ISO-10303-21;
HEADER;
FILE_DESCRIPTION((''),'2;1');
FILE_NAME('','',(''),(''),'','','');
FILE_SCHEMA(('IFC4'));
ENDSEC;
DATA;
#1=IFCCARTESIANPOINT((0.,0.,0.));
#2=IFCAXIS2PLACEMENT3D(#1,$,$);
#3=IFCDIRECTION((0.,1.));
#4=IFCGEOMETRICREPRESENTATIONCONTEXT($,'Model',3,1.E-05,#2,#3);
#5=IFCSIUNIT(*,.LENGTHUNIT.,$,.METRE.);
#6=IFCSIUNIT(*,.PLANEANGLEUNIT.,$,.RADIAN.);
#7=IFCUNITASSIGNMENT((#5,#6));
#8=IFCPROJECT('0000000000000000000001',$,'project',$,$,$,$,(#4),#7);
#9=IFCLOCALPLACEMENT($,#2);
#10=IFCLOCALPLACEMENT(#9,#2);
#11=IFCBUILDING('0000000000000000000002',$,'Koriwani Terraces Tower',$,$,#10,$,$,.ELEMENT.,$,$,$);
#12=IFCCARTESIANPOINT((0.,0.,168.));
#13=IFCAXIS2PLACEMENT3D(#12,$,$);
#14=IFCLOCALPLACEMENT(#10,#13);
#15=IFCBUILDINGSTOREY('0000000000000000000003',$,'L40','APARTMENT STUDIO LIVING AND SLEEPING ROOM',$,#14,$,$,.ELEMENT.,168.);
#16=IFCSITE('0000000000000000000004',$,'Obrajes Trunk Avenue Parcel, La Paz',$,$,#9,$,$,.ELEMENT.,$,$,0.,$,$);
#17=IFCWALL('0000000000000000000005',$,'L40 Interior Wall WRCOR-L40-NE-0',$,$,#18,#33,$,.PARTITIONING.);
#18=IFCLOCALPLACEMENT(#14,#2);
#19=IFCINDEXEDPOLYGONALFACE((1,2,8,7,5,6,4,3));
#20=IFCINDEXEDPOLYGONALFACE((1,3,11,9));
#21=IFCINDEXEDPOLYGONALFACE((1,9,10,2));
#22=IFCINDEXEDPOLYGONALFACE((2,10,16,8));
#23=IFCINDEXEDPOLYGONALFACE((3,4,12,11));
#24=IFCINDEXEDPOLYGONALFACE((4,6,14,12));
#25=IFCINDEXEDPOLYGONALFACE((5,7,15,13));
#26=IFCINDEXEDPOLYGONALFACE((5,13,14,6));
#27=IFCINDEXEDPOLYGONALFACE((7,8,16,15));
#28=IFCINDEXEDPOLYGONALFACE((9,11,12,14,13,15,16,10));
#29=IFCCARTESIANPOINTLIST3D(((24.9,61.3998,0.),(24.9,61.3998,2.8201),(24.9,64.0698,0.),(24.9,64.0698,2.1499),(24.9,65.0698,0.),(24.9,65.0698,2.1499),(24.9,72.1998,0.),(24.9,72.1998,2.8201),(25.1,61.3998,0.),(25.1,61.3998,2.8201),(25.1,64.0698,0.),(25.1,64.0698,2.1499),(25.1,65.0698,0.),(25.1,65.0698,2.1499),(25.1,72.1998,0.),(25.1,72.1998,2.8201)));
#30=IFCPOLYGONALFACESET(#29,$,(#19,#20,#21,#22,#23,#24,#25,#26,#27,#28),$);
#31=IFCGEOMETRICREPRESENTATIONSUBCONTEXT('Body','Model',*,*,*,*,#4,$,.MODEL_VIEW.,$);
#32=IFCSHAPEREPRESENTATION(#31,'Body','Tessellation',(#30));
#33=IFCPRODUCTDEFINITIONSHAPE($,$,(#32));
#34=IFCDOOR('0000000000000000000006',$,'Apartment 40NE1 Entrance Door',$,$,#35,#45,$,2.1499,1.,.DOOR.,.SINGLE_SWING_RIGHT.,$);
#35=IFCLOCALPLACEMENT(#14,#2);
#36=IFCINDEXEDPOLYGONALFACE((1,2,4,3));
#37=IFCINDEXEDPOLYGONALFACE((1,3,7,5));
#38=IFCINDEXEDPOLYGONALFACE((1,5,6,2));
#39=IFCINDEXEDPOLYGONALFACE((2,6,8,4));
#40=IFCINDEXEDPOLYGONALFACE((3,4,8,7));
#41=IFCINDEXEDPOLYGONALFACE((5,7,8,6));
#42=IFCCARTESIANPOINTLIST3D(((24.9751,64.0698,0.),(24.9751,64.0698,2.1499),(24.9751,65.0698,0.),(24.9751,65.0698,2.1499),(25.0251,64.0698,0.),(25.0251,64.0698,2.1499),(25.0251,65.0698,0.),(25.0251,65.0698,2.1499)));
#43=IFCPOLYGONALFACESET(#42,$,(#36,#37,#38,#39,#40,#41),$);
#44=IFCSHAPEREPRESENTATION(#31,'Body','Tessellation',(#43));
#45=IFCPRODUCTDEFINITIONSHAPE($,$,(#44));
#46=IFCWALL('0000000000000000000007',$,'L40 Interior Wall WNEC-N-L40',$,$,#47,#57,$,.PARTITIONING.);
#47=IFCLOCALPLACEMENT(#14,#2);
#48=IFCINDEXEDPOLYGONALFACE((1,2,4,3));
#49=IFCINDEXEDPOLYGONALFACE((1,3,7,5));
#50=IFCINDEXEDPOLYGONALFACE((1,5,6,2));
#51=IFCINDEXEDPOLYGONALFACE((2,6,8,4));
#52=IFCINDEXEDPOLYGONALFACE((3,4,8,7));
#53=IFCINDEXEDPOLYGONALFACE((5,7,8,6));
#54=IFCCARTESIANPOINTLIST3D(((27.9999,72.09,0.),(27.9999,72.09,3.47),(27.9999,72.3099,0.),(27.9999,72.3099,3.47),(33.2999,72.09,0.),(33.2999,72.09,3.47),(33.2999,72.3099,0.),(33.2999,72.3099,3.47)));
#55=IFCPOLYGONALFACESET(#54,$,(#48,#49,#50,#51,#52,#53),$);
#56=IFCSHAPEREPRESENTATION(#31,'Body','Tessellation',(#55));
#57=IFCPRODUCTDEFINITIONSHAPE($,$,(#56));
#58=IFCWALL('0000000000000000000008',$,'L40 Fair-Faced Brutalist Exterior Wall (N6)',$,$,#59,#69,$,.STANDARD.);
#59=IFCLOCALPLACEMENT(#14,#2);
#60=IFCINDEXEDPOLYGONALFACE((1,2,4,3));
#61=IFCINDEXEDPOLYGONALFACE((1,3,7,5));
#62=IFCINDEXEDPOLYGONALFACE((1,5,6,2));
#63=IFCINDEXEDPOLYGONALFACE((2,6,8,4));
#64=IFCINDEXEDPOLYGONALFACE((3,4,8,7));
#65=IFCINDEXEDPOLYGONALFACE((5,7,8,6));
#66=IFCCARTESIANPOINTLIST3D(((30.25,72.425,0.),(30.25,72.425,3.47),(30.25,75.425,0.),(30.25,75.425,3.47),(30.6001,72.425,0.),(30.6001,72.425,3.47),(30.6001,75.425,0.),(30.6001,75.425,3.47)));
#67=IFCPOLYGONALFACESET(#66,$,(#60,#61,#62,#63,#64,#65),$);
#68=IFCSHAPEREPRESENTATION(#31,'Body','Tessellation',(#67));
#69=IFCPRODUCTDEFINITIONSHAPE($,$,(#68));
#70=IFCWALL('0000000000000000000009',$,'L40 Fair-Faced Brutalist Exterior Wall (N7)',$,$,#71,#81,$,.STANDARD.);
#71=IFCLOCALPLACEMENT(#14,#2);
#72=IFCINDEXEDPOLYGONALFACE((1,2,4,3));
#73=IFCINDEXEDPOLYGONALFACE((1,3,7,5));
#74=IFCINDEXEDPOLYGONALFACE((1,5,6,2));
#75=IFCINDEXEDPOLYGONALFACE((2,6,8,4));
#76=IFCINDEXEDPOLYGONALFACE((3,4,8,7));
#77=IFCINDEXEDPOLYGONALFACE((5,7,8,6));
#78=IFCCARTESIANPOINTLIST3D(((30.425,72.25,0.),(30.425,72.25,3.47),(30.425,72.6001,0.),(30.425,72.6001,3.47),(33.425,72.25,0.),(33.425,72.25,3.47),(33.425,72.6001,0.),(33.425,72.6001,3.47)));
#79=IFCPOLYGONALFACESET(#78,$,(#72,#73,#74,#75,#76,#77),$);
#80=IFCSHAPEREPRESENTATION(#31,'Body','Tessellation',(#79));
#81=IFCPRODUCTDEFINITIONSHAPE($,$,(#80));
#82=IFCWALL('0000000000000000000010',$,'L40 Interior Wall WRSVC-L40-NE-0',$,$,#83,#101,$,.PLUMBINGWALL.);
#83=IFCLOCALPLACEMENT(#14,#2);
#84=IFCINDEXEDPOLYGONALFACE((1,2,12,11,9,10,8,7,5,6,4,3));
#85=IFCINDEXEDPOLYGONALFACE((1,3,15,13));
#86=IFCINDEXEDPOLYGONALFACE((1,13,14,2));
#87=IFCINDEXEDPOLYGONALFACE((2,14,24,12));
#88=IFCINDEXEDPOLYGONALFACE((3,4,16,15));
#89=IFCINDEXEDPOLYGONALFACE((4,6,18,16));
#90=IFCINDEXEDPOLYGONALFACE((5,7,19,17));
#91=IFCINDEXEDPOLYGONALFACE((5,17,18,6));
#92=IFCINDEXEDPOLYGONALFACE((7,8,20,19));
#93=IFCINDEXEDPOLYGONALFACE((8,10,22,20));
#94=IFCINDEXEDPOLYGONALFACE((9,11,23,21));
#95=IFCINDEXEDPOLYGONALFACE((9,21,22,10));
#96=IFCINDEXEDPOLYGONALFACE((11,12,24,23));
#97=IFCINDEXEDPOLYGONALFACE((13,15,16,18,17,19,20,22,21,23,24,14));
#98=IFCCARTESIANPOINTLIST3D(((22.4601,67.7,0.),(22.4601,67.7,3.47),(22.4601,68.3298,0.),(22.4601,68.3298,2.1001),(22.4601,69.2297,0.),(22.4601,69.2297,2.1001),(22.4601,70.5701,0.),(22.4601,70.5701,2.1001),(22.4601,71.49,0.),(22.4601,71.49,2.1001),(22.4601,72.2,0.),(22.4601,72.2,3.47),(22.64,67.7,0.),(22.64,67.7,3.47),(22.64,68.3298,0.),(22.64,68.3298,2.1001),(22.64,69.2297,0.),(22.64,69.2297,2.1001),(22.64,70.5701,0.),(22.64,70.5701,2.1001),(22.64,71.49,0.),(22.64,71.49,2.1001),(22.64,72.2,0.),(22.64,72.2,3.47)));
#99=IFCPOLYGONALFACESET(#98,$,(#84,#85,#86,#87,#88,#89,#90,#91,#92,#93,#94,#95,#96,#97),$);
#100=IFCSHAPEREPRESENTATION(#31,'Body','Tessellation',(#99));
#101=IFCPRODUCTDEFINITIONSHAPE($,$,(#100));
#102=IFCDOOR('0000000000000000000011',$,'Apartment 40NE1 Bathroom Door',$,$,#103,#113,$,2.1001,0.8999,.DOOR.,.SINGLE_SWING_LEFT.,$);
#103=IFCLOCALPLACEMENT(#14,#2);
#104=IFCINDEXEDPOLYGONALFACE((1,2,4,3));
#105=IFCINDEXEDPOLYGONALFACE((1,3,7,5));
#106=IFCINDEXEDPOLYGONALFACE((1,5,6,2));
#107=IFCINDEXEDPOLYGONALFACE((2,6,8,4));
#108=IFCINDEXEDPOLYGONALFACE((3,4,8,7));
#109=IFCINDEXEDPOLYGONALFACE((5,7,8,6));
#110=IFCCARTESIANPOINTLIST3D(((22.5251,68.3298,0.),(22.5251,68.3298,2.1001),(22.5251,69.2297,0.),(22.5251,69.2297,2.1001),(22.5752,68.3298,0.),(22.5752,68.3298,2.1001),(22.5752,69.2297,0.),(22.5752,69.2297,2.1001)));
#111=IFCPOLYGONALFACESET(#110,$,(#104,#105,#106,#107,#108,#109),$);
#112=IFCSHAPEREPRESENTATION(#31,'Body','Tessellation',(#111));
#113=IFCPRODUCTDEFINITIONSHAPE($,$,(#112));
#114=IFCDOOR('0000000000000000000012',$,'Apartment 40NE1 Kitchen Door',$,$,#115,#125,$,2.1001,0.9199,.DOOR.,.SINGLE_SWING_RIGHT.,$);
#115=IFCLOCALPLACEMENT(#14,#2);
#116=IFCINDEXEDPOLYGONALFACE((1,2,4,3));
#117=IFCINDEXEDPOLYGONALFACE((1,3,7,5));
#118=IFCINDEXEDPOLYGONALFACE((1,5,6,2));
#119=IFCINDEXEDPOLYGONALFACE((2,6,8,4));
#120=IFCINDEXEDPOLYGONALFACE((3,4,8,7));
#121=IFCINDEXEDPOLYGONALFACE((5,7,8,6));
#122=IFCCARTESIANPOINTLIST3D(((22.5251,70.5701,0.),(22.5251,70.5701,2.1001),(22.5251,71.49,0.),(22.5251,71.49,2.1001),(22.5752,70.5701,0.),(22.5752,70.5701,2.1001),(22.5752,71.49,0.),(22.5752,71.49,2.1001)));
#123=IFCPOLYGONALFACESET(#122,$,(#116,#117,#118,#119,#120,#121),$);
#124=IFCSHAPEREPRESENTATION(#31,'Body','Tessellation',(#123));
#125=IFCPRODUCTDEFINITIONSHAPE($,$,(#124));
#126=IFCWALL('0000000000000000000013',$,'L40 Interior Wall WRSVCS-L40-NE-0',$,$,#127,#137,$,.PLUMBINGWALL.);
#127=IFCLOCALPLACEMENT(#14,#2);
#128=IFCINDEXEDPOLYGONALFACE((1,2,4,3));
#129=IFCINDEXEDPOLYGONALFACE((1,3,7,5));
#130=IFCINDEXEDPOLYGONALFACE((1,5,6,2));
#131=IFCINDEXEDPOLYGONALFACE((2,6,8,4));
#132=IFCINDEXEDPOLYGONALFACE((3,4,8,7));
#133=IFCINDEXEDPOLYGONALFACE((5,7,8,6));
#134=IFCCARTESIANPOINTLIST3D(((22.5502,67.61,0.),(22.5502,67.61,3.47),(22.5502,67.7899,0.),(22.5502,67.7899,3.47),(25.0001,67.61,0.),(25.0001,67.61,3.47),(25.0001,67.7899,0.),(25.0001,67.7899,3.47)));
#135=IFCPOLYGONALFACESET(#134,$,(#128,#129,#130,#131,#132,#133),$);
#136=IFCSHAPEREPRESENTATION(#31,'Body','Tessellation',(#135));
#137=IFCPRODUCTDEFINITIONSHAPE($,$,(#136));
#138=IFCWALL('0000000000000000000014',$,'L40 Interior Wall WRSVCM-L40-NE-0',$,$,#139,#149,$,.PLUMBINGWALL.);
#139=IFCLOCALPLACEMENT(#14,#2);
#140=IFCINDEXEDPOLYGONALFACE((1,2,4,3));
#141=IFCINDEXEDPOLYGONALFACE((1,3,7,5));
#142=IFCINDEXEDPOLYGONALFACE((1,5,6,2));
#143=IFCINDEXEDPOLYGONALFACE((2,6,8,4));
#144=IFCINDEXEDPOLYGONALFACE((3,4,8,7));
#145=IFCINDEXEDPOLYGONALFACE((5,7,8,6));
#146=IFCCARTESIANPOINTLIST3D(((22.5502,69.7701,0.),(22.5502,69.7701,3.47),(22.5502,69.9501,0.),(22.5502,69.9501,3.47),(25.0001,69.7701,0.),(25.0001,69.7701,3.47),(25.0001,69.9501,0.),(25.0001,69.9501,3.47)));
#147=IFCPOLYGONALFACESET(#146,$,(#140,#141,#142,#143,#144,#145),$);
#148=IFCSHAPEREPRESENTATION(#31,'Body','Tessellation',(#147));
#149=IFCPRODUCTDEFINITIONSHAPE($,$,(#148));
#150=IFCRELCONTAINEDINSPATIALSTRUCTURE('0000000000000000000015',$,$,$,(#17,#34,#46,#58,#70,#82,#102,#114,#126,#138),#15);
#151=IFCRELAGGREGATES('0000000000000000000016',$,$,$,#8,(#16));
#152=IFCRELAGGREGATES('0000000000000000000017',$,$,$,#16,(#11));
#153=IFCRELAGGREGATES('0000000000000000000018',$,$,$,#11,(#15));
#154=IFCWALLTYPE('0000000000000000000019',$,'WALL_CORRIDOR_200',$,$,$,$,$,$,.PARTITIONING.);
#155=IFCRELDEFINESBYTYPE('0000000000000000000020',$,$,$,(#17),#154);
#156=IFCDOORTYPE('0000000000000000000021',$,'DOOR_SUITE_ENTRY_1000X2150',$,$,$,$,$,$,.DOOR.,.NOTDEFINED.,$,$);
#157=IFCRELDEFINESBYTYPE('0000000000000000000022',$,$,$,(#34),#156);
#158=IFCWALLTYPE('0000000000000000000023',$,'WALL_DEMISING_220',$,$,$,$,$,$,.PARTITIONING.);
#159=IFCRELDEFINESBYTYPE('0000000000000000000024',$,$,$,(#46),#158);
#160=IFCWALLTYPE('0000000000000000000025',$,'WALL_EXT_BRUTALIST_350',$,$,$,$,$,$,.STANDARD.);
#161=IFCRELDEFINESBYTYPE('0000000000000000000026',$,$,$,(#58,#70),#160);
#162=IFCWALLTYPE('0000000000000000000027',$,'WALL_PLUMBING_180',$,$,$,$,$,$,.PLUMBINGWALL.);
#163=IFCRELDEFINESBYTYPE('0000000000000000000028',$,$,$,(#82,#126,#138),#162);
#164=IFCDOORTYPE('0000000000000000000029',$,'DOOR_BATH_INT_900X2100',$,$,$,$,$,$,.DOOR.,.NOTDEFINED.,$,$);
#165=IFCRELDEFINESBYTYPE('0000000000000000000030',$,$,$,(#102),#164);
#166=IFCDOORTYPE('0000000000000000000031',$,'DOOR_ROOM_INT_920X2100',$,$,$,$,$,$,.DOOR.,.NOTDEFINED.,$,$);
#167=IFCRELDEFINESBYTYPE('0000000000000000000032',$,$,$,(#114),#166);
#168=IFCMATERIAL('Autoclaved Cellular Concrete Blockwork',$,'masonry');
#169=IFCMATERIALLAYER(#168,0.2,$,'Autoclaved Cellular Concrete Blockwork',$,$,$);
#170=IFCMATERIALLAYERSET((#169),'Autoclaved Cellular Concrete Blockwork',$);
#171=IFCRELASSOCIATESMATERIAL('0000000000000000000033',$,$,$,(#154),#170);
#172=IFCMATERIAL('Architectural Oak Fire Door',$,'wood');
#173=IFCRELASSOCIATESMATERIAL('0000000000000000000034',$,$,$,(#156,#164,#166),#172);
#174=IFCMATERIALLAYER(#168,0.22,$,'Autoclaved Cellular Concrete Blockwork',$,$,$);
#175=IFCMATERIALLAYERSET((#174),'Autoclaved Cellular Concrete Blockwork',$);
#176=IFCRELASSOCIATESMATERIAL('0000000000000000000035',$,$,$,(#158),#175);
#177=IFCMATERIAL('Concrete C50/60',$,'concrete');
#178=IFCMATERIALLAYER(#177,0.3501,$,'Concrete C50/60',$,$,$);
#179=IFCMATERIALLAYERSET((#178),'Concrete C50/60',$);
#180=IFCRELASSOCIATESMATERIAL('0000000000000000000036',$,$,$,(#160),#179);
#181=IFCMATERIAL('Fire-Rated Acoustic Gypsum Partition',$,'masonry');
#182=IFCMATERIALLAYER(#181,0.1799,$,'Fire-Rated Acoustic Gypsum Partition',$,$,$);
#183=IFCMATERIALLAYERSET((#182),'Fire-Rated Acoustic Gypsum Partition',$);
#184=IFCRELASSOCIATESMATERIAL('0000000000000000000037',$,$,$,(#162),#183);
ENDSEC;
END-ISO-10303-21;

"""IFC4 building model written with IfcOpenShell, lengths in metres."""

from ifc_helpers import new_model, si_unit, direction, frame, frame_2d, origin, place, context, subcontext, project, spatial, rectangle, extrude, material, layer, layer_set, type_object, element, fill, save


model = new_model("IFC4")

# Units and contexts
model_context = context("Model", 3, precision=1e-05, world=origin(), true_north=direction((0.0, 1.0)))
body_context = subcontext(model_context, "Body", "Model", "MODEL_VIEW")
ifc_project = project(units=[si_unit("LENGTHUNIT", "METRE"), si_unit("PLANEANGLEUNIT", "RADIAN")], contexts=[model_context])

# Site, building, storey
site_placement = place(None, origin())
site = spatial("IfcSite", under=ifc_project, at=site_placement, Name="Obrajes Trunk Avenue Parcel, La Paz", CompositionType="ELEMENT", RefElevation=0.0)
building_placement = place(site_placement, origin())
building = spatial("IfcBuilding", under=site, at=building_placement, Name="Koriwani Terraces Tower", CompositionType="ELEMENT")
storey_placement = place(building_placement, frame((0.0, 0.0, 168.0)))
storey = spatial("IfcBuildingStorey", under=building, at=storey_placement, Name="L40", Description="APARTMENT STUDIO LIVING AND SLEEPING ROOM", CompositionType="ELEMENT", Elevation=168.0)

# Shared definitions
ifc_material_1 = material(Name="Concrete C50/60", Category="concrete")

# Wall, opening, door
ifc_material_2 = material(Name="Autoclaved Cellular Concrete Blockwork", Category="masonry")
ifc_layer_1 = layer(ifc_material_2, 0.2, Name="Autoclaved Cellular Concrete Blockwork")
ifc_layer_set_1 = layer_set([ifc_layer_1], Name="Autoclaved Cellular Concrete Blockwork")
wall_type_1 = type_object("IfcWallType", Name="WALL_CORRIDOR_200", PredefinedType="PARTITIONING", material=ifc_layer_set_1)
wall_1_placement = place(storey_placement, frame((25.0, 61.3999, 0.0), z_axis=(0.0, 0.0, 1.0), x_axis=(0.0, 1.0, 0.0)))
wall_1 = element("IfcWall", 1, at=wall_1_placement, inside=storey, type_object=wall_type_1, Name="L40 Interior Wall WRCOR-L40-NE-0", PredefinedType="PARTITIONING", context=body_context, shape_type="SweptSolid", body=[
    extrude(rectangle(XDim=10.8, YDim=0.2, at=frame_2d((5.3999, 0.0))), origin(), (0.0, 0.0, 1.0), 2.8201),
])
opening_1_placement = place(wall_1_placement, frame((2.6699, 0.0, 0.0)))
opening_1 = element("IfcOpeningElement", 2, at=opening_1_placement, cuts=wall_1, PredefinedType="OPENING", context=body_context, shape_type="SweptSolid", body=[
    extrude(rectangle(XDim=1.0, YDim=2.1499, at=frame_2d((0.5, 1.075))), frame((0.0, 0.1099, 0.0), z_axis=(0.0, -1.0, 0.0), x_axis=(1.0, 0.0, 0.0)), (0.0, 0.0, 1.0), 0.22),
])
ifc_material_3 = material(Name="Architectural Oak Fire Door", Category="wood")
door_type_1 = type_object("IfcDoorType", Name="DOOR_SUITE_ENTRY_1000X2150", OperationType="NOTDEFINED", PredefinedType="DOOR", material=ifc_material_3)
door_1_placement = place(opening_1_placement, origin())
door_1 = element("IfcDoor", 3, at=door_1_placement, inside=storey, type_object=door_type_1, Name="Apartment 40NE1 Entrance Door", OperationType="SINGLE_SWING_RIGHT", OverallHeight=2.1499, OverallWidth=1.0, PredefinedType="DOOR", context=body_context, shape_type="SweptSolid", body=[
    extrude(rectangle(XDim=1.0, YDim=2.1499, at=frame_2d((0.5, 1.075))), frame((0.0, 0.0249, 0.0), z_axis=(0.0, -1.0, 0.0), x_axis=(1.0, 0.0, 0.0)), (0.0, 0.0, 1.0), 0.05),
])
fill(opening_1, door_1)

# Walls
ifc_layer_2 = layer(ifc_material_2, 0.22, Name="Autoclaved Cellular Concrete Blockwork")
ifc_layer_set_2 = layer_set([ifc_layer_2], Name="Autoclaved Cellular Concrete Blockwork")
wall_type_2 = type_object("IfcWallType", Name="WALL_DEMISING_220", PredefinedType="PARTITIONING", material=ifc_layer_set_2)
wall_2_placement = place(storey_placement, frame((28.0, 72.2, 0.0), z_axis=(0.0, 0.0, 1.0), x_axis=(1.0, 0.0, 0.0)))
element("IfcWall", 4, at=wall_2_placement, inside=storey, type_object=wall_type_2, Name="L40 Interior Wall WNEC-N-L40", PredefinedType="PARTITIONING", context=body_context, shape_type="SweptSolid", body=[
    extrude(rectangle(XDim=5.3, YDim=0.22, at=frame_2d((2.6499, 0.0))), origin(), (0.0, 0.0, 1.0), 3.47),
])
ifc_layer_3 = layer(ifc_material_1, 0.3501, Name="Concrete C50/60")
ifc_layer_set_3 = layer_set([ifc_layer_3], Name="Concrete C50/60")
wall_type_3 = type_object("IfcWallType", Name="WALL_EXT_BRUTALIST_350", PredefinedType="STANDARD", material=ifc_layer_set_3)
for number, where, z_axis, x_axis, name in (
    (5, (30.425, 75.425, 0.0), (0.0, 0.0, 1.0), (0.0, -1.0, 0.0), "L40 Fair-Faced Brutalist Exterior Wall (N6)"),
    (6, (30.425, 72.425, 0.0), (0.0, 0.0, 1.0), (1.0, 0.0, 0.0), "L40 Fair-Faced Brutalist Exterior Wall (N7)"),
):
    element("IfcWall", number, at=place(storey_placement, frame(where, z_axis=z_axis, x_axis=x_axis)), inside=storey, type_object=wall_type_3, Name=name, PredefinedType="STANDARD", context=body_context, shape_type="SweptSolid", body=[
        extrude(rectangle(XDim=3.0, YDim=0.3501, at=frame_2d((1.5, 0.0))), origin(), (0.0, 0.0, 1.0), 3.47),
    ])

# Wall, openings, doors
ifc_material_4 = material(Name="Fire-Rated Acoustic Gypsum Partition", Category="masonry")
ifc_layer_4 = layer(ifc_material_4, 0.1799, Name="Fire-Rated Acoustic Gypsum Partition")
ifc_layer_set_4 = layer_set([ifc_layer_4], Name="Fire-Rated Acoustic Gypsum Partition")
wall_type_4 = type_object("IfcWallType", Name="WALL_PLUMBING_180", PredefinedType="PLUMBINGWALL", material=ifc_layer_set_4)
wall_3_placement = place(storey_placement, frame((22.55, 67.7, 0.0), z_axis=(0.0, 0.0, 1.0), x_axis=(0.0, 1.0, 0.0)))
wall_3 = element("IfcWall", 7, at=wall_3_placement, inside=storey, type_object=wall_type_4, Name="L40 Interior Wall WRSVC-L40-NE-0", PredefinedType="PLUMBINGWALL", context=body_context, shape_type="SweptSolid", body=[
    extrude(rectangle(XDim=4.5, YDim=0.1799, at=frame_2d((2.25, 0.0))), origin(), (0.0, 0.0, 1.0), 3.47),
])
opening_2_placement = place(wall_3_placement, frame((0.6299, 0.0, 0.0)))
opening_2 = element("IfcOpeningElement", 8, at=opening_2_placement, cuts=wall_3, PredefinedType="OPENING", context=body_context, shape_type="SweptSolid", body=[
    extrude(rectangle(XDim=0.8999, YDim=2.1001, at=frame_2d((0.45, 1.05))), frame((0.0, 0.1001, 0.0), z_axis=(0.0, -1.0, 0.0), x_axis=(1.0, 0.0, 0.0)), (0.0, 0.0, 1.0), 0.2),
])
opening_3_placement = place(wall_3_placement, frame((2.8701, 0.0, 0.0)))
opening_3 = element("IfcOpeningElement", 9, at=opening_3_placement, cuts=wall_3, PredefinedType="OPENING", context=body_context, shape_type="SweptSolid", body=[
    extrude(rectangle(XDim=0.9199, YDim=2.1001, at=frame_2d((0.46, 1.05))), frame((0.0, 0.1001, 0.0), z_axis=(0.0, -1.0, 0.0), x_axis=(1.0, 0.0, 0.0)), (0.0, 0.0, 1.0), 0.2),
])
door_type_2 = type_object("IfcDoorType", Name="DOOR_BATH_INT_900X2100", OperationType="NOTDEFINED", PredefinedType="DOOR", material=ifc_material_3)
door_2_placement = place(opening_2_placement, origin())
door_2 = element("IfcDoor", 10, at=door_2_placement, inside=storey, type_object=door_type_2, Name="Apartment 40NE1 Bathroom Door", OperationType="SINGLE_SWING_LEFT", OverallHeight=2.1001, OverallWidth=0.8999, PredefinedType="DOOR", context=body_context, shape_type="SweptSolid", body=[
    extrude(rectangle(XDim=0.8999, YDim=2.1001, at=frame_2d((0.45, 1.05))), frame((0.0, 0.0249, 0.0), z_axis=(0.0, -1.0, 0.0), x_axis=(1.0, 0.0, 0.0)), (0.0, 0.0, 1.0), 0.05),
])
fill(opening_2, door_2)
door_type_3 = type_object("IfcDoorType", Name="DOOR_ROOM_INT_920X2100", OperationType="NOTDEFINED", PredefinedType="DOOR", material=ifc_material_3)
door_3_placement = place(opening_3_placement, origin())
door_3 = element("IfcDoor", 11, at=door_3_placement, inside=storey, type_object=door_type_3, Name="Apartment 40NE1 Kitchen Door", OperationType="SINGLE_SWING_RIGHT", OverallHeight=2.1001, OverallWidth=0.9199, PredefinedType="DOOR", context=body_context, shape_type="SweptSolid", body=[
    extrude(rectangle(XDim=0.9199, YDim=2.1001, at=frame_2d((0.46, 1.05))), frame((0.0, 0.0249, 0.0), z_axis=(0.0, -1.0, 0.0), x_axis=(1.0, 0.0, 0.0)), (0.0, 0.0, 1.0), 0.05),
])
fill(opening_3, door_3)

# Walls
for number, where, z_axis, x_axis, name in (
    (12, (22.55, 67.7, 0.0), (0.0, 0.0, 1.0), (1.0, 0.0, 0.0), "L40 Interior Wall WRSVCS-L40-NE-0"),
    (13, (22.55, 69.8601, 0.0), (0.0, 0.0, 1.0), (1.0, 0.0, 0.0), "L40 Interior Wall WRSVCM-L40-NE-0"),
):
    element("IfcWall", number, at=place(storey_placement, frame(where, z_axis=z_axis, x_axis=x_axis)), inside=storey, type_object=wall_type_4, Name=name, PredefinedType="PLUMBINGWALL", context=body_context, shape_type="SweptSolid", body=[
        extrude(rectangle(XDim=2.45, YDim=0.1799, at=frame_2d((1.2251, 0.0))), origin(), (0.0, 0.0, 1.0), 3.47),
    ])

save(model, "model.ifc")
